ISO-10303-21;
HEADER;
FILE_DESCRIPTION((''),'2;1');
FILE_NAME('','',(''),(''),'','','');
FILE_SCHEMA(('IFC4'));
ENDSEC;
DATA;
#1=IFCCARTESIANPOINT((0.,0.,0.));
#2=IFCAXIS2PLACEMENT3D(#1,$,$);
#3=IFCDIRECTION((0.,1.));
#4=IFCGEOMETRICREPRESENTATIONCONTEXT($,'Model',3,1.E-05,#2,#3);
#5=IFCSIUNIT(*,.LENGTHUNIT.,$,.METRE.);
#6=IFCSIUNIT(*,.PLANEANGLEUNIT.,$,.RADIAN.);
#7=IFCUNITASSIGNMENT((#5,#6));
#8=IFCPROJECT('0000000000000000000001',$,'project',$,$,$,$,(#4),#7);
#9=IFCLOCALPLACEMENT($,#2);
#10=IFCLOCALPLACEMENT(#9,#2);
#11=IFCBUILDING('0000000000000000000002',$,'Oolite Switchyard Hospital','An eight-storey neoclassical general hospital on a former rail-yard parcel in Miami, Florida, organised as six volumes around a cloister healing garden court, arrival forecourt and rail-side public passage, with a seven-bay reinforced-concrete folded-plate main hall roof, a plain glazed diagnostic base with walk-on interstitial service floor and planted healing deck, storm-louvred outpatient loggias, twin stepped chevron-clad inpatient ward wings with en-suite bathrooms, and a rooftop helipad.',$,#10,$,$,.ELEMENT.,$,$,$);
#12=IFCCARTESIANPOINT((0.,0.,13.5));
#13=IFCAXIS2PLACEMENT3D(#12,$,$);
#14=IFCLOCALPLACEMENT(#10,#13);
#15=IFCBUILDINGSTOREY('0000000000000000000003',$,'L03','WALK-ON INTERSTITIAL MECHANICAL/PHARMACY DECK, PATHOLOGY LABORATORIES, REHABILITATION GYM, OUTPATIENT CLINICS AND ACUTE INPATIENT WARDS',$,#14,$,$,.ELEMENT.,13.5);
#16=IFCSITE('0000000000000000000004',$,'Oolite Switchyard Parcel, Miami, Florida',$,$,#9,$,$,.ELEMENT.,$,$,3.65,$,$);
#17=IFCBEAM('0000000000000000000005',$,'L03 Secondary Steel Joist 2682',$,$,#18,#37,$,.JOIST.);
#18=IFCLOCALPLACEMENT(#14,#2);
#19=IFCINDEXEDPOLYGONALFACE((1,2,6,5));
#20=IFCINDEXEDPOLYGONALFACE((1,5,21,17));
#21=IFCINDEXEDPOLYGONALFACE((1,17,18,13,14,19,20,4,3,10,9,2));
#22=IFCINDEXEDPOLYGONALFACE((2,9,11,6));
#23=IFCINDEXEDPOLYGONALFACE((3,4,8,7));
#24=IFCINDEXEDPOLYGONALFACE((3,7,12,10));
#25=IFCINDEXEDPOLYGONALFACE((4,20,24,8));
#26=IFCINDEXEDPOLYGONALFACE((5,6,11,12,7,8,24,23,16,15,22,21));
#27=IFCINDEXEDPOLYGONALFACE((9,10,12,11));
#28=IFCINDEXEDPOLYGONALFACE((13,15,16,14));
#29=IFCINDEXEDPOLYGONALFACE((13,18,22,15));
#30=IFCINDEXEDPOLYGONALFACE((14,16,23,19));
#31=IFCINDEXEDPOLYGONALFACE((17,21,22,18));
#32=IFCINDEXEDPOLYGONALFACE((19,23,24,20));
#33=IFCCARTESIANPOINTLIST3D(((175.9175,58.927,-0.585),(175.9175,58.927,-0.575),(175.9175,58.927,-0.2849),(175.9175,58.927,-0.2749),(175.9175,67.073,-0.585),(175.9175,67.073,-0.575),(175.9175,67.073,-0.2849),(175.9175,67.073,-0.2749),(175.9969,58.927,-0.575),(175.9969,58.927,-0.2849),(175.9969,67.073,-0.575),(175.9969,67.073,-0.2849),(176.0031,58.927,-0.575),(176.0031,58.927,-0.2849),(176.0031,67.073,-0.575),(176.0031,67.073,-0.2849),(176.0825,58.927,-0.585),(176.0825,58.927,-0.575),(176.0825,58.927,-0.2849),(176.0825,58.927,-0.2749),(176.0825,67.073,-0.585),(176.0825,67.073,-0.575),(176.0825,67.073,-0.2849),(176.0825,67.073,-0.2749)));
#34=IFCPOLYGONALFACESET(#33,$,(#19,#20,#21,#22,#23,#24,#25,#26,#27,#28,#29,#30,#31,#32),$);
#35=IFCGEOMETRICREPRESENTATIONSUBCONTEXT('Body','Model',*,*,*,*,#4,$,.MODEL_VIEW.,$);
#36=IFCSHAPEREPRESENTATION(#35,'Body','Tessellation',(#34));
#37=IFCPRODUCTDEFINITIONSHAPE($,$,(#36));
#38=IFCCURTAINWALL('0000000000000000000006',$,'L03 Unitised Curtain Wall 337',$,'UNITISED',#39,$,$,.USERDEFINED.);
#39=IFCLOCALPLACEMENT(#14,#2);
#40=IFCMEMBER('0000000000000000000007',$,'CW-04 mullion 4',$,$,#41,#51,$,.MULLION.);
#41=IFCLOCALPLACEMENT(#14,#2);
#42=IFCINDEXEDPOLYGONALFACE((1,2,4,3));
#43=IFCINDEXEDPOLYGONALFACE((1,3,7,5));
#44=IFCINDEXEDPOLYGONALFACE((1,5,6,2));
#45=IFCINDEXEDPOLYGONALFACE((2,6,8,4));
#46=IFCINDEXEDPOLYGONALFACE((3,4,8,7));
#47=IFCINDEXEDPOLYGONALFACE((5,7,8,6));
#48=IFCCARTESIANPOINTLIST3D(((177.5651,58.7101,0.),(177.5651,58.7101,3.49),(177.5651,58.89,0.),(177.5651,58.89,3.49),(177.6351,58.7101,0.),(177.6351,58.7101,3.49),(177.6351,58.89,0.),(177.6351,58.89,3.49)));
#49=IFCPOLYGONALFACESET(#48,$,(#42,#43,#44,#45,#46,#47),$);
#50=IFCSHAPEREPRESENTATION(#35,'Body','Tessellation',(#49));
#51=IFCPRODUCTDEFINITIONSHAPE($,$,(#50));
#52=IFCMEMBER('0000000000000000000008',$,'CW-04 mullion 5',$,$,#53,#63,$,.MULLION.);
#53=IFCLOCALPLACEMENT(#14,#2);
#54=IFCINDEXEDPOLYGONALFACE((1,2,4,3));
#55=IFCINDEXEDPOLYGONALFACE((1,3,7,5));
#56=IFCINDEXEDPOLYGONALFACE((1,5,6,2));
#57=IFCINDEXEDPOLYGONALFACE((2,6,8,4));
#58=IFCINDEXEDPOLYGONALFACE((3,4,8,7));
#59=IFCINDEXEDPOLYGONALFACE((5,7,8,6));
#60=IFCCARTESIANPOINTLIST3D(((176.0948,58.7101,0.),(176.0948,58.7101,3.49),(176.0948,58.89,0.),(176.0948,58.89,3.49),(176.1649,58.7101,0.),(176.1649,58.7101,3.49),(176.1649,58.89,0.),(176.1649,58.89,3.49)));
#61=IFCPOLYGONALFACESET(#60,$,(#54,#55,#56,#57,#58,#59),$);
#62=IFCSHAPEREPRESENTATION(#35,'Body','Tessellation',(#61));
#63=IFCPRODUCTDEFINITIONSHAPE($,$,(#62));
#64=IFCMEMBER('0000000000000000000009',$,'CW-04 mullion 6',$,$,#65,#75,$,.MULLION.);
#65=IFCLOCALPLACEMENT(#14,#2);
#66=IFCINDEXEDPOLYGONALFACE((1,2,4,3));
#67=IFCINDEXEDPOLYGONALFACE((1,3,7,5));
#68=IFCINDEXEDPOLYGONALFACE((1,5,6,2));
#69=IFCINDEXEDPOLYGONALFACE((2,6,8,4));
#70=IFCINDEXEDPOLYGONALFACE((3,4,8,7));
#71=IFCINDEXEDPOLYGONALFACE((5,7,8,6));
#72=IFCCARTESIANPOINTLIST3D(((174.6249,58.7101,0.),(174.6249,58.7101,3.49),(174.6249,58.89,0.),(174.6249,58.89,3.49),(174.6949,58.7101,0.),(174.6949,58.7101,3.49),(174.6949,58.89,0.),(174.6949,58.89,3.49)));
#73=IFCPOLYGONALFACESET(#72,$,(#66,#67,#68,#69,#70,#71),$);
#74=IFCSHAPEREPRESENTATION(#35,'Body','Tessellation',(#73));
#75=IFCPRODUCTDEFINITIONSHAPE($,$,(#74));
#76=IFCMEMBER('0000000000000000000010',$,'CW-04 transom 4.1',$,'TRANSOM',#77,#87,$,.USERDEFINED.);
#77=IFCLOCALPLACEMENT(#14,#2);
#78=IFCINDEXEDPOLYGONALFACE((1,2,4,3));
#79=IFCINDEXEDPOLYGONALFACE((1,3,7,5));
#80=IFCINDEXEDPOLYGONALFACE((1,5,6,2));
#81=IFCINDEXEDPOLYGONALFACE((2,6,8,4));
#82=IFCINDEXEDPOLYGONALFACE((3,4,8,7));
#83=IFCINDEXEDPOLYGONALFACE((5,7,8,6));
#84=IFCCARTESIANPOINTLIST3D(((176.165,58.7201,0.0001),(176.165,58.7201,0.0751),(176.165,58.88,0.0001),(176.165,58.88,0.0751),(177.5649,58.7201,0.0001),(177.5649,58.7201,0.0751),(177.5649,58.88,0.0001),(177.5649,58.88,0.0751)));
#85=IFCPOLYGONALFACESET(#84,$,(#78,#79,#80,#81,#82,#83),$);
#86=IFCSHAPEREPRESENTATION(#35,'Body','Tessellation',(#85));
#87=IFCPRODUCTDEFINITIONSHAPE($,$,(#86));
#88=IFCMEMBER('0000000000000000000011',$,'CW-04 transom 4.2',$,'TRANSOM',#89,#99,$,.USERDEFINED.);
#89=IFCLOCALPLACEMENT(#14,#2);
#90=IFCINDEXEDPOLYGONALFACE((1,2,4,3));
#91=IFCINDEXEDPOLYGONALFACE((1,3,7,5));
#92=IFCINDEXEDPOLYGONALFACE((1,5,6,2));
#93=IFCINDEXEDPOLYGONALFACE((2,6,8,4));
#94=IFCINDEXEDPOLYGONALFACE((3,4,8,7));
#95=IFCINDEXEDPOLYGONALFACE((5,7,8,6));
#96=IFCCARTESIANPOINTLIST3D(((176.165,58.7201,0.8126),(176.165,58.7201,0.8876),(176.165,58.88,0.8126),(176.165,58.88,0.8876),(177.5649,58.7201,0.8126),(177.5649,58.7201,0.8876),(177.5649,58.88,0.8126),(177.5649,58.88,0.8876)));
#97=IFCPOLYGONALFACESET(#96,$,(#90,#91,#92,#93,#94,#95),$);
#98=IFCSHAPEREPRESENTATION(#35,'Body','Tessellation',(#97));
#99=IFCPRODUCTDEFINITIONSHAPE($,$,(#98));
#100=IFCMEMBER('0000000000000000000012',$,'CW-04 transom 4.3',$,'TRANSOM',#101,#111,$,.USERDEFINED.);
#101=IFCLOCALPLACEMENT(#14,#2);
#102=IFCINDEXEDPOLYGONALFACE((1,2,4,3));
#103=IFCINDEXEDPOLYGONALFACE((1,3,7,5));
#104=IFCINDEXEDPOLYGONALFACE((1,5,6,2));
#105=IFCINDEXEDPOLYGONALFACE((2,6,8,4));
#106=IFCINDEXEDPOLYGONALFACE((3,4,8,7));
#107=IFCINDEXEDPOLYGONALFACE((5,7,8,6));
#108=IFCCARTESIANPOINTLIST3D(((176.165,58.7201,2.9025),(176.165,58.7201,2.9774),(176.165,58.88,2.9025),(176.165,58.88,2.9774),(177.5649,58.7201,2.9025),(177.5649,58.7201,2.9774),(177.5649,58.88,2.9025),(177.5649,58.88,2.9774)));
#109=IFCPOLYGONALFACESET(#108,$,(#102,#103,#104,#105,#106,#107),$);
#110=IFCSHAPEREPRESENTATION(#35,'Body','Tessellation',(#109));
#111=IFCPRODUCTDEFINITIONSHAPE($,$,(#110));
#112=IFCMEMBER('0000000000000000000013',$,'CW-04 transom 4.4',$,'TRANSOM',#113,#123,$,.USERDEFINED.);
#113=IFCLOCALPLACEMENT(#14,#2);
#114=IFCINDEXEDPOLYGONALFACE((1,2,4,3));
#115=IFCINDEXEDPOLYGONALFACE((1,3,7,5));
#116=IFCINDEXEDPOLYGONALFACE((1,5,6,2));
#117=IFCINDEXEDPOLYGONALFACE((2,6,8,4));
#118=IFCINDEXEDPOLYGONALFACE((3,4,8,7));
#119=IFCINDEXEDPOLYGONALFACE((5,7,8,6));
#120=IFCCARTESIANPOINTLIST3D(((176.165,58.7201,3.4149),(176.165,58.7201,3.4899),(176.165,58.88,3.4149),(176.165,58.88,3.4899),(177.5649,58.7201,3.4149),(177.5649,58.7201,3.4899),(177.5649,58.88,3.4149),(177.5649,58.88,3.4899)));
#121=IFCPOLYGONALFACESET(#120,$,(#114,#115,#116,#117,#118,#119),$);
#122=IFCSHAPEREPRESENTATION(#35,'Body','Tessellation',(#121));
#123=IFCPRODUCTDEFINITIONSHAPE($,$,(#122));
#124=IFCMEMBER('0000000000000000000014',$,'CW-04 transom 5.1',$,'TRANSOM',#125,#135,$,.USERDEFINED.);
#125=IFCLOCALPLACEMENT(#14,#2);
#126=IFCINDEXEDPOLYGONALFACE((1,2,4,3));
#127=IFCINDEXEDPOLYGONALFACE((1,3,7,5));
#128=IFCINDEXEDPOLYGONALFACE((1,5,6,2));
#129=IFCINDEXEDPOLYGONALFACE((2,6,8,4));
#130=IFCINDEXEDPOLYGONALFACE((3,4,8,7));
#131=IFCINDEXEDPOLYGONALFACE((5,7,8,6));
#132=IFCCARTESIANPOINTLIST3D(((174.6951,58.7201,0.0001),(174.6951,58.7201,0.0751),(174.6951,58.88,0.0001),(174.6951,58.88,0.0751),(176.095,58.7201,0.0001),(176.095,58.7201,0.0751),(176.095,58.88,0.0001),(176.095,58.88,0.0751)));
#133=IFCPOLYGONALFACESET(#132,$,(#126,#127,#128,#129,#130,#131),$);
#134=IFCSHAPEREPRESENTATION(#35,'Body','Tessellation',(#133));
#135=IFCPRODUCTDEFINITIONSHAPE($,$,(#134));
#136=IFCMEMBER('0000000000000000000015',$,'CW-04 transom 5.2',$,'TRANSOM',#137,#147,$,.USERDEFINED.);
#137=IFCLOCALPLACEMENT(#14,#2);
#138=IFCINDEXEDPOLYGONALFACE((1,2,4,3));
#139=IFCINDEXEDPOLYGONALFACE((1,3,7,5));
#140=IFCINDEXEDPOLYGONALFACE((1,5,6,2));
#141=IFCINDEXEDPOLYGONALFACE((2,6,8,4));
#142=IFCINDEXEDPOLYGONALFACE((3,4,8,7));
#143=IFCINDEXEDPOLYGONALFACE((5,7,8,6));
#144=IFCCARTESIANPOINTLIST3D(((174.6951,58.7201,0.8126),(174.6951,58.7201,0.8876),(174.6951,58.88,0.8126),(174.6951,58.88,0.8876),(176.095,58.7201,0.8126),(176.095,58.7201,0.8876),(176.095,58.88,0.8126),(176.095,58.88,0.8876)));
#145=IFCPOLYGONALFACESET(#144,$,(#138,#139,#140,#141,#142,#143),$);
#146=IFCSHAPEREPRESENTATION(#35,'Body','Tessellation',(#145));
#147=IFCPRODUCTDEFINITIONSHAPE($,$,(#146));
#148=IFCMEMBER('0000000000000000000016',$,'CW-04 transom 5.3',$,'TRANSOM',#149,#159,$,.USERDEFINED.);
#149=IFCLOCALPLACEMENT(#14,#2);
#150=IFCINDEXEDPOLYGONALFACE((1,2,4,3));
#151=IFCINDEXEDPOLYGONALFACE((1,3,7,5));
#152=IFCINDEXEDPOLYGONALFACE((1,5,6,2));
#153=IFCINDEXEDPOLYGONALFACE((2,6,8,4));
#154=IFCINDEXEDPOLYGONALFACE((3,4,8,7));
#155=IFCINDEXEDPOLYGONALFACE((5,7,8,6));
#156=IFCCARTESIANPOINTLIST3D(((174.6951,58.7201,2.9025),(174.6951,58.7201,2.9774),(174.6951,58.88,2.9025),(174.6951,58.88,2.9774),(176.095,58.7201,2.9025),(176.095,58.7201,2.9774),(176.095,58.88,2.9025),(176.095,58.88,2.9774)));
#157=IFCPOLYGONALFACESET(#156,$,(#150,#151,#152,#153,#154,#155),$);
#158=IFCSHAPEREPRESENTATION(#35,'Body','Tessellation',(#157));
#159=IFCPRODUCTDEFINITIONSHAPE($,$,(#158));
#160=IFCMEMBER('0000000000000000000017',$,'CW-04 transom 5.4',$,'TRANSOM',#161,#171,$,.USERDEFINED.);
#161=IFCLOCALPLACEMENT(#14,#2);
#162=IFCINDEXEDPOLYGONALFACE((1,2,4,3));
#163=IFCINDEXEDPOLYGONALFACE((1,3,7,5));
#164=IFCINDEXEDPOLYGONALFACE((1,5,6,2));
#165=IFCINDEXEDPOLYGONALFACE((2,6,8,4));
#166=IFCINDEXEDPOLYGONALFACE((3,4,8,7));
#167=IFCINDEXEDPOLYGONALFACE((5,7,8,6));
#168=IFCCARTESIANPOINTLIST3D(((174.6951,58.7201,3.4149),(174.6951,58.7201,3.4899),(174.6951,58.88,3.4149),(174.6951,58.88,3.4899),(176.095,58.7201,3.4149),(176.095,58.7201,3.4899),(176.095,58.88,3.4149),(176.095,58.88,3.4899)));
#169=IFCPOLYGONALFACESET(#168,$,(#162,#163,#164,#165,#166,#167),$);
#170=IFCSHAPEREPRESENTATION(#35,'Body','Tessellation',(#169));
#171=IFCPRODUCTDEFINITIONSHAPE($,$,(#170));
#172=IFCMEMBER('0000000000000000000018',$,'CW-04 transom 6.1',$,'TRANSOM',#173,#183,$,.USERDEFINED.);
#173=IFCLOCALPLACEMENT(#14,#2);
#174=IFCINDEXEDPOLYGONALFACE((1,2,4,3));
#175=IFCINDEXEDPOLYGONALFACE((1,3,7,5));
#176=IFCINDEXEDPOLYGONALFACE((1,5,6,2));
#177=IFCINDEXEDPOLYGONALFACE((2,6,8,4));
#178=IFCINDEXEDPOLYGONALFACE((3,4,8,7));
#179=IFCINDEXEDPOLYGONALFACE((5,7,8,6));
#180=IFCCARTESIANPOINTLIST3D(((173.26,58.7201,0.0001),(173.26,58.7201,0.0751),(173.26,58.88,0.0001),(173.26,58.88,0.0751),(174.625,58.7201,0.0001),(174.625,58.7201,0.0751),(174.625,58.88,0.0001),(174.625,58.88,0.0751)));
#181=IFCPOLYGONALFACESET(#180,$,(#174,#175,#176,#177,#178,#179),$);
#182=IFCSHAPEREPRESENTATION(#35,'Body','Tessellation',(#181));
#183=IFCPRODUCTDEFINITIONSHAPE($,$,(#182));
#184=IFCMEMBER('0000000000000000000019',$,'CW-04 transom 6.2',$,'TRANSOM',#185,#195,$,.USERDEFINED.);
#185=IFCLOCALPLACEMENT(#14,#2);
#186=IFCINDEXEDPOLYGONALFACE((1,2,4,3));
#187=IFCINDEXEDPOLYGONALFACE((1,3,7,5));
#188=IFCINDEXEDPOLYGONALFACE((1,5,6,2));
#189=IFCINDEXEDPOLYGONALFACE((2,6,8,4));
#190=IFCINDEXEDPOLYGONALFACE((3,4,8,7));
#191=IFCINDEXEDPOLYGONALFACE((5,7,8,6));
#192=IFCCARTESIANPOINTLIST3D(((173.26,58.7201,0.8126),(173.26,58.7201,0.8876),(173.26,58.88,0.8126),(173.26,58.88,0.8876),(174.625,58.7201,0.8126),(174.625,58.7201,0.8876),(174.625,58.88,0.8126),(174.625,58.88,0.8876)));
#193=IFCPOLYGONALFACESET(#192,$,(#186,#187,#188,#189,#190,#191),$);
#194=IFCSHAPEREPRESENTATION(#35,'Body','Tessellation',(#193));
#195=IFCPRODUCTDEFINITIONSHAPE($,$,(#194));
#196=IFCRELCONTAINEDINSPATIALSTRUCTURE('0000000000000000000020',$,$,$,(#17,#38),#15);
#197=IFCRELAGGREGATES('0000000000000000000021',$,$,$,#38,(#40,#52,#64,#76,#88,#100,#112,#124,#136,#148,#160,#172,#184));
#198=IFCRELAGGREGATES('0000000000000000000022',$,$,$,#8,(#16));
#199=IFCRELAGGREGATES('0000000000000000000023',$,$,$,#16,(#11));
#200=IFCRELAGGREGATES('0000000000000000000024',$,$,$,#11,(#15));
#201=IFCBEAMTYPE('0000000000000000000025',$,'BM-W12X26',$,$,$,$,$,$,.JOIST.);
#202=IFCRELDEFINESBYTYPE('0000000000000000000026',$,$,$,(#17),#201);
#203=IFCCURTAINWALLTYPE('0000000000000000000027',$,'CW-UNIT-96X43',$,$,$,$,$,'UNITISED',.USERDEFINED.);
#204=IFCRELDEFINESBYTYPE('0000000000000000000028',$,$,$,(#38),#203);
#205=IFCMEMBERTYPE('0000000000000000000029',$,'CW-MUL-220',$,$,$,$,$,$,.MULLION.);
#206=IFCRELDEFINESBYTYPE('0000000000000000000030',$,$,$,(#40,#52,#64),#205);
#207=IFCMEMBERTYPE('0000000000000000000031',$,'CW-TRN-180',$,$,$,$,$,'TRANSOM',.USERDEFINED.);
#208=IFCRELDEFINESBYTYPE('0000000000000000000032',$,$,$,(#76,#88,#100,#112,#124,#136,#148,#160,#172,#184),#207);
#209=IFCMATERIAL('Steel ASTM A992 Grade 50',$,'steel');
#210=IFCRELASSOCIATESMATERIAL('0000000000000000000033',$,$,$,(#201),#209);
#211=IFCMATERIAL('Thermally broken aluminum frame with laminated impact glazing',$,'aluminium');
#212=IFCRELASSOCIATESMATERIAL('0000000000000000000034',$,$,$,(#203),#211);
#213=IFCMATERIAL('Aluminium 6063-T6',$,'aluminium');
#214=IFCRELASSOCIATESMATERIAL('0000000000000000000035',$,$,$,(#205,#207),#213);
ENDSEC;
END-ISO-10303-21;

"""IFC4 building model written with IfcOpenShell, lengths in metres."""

from ifc_helpers import new_model, si_unit, direction, frame, origin, origin_2d, place, context, subcontext, project, spatial, rectangle, i_section, extrude, material, material_profile, profile_set, type_object, element, aggregate, save


model = new_model("IFC4")

# Units and contexts
model_context = context("Model", 3, precision=1e-05, world=origin(), true_north=direction((0.0, 1.0)))
body_context = subcontext(model_context, "Body", "Model", "MODEL_VIEW")
ifc_project = project(units=[si_unit("LENGTHUNIT", "METRE"), si_unit("PLANEANGLEUNIT", "RADIAN")], contexts=[model_context])

# Site, building, storey
site_placement = place(None, origin())
site = spatial("IfcSite", under=ifc_project, at=site_placement, Name="Oolite Switchyard Parcel, Miami, Florida", CompositionType="ELEMENT", RefElevation=3.65)
building_placement = place(site_placement, origin())
building = spatial("IfcBuilding", under=site, at=building_placement, Name="Oolite Switchyard Hospital", Description="An eight-storey neoclassical general hospital on a former rail-yard parcel in Miami, Florida, organised as six volumes around a cloister healing garden court, arrival forecourt and rail-side public passage, with a seven-bay reinforced-concrete folded-plate main hall roof, a plain glazed diagnostic base with walk-on interstitial service floor and planted healing deck, storm-louvred outpatient loggias, twin stepped chevron-clad inpatient ward wings with en-suite bathrooms, and a rooftop helipad.", CompositionType="ELEMENT")
storey_placement = place(building_placement, frame((0.0, 0.0, 13.5)))
storey = spatial("IfcBuildingStorey", under=building, at=storey_placement, Name="L03", Description="WALK-ON INTERSTITIAL MECHANICAL/PHARMACY DECK, PATHOLOGY LABORATORIES, REHABILITATION GYM, OUTPATIENT CLINICS AND ACUTE INPATIENT WARDS", CompositionType="ELEMENT", Elevation=13.5)

# Beam
ifc_material_1 = material(Name="Steel ASTM A992 Grade 50", Category="steel")
ifc_material_profile_1 = material_profile(ifc_material_1, i_section(OverallWidth=0.165, OverallDepth=0.3101, WebThickness=0.0061, FlangeThickness=0.01, at=origin_2d()), Name="W12X26")
ifc_profile_set_1 = profile_set([ifc_material_profile_1], Name="Steel ASTM A992 Grade 50")
beam_type = type_object("IfcBeamType", Name="BM-W12X26", PredefinedType="JOIST", material=ifc_profile_set_1)
beam_placement = place(storey_placement, frame((176.0, 58.927, -0.4299), z_axis=(0.0, 1.0, 0.0), x_axis=(-1.0, 0.0, 0.0)))
element("IfcBeam", 1, at=beam_placement, inside=storey, type_object=beam_type, Name="L03 Secondary Steel Joist 2682", PredefinedType="JOIST", context=body_context, shape_type="SweptSolid", body=[
    extrude(i_section(OverallWidth=0.165, OverallDepth=0.3101, WebThickness=0.0061, FlangeThickness=0.01, at=origin_2d()), origin(), (0.0, 0.0, 1.0), 8.146),
])

# Curtain wall, members
ifc_material_2 = material(Name="Thermally broken aluminum frame with laminated impact glazing", Category="aluminium")
curtain_wall_type = type_object("IfcCurtainWallType", Name="CW-UNIT-96X43", ElementType="UNITISED", PredefinedType="USERDEFINED", material=ifc_material_2)
curtain_wall_placement = place(storey_placement, origin())
curtain_wall = element("IfcCurtainWall", 2, at=curtain_wall_placement, inside=storey, type_object=curtain_wall_type, Name="L03 Unitised Curtain Wall 337", ObjectType="UNITISED", PredefinedType="USERDEFINED")
ifc_material_3 = material(Name="Aluminium 6063-T6", Category="aluminium")
ifc_material_profile_2 = material_profile(ifc_material_3, rectangle(XDim=0.1799, YDim=0.0701, at=origin_2d()), Name="CWM70X180")
ifc_profile_set_2 = profile_set([ifc_material_profile_2], Name="Aluminium 6063-T6")
member_type_1 = type_object("IfcMemberType", Name="CW-MUL-220", PredefinedType="MULLION", material=ifc_profile_set_2)
member_1_placement = place(storey_placement, frame((177.6001, 58.8, 0.0), z_axis=(0.0, 0.0, 1.0), x_axis=(0.0, -1.0, 0.0)))
member_1 = element("IfcMember", 3, at=member_1_placement, type_object=member_type_1, Name="CW-04 mullion 4", PredefinedType="MULLION", context=body_context, shape_type="SweptSolid", body=[
    extrude(rectangle(XDim=0.1799, YDim=0.0701, at=origin_2d()), origin(), (0.0, 0.0, 1.0), 3.49),
])
member_2_placement = place(storey_placement, frame((176.1299, 58.8, 0.0), z_axis=(0.0, 0.0, 1.0), x_axis=(0.0, -1.0, 0.0)))
member_2 = element("IfcMember", 4, at=member_2_placement, type_object=member_type_1, Name="CW-04 mullion 5", PredefinedType="MULLION", context=body_context, shape_type="SweptSolid", body=[
    extrude(rectangle(XDim=0.1799, YDim=0.0701, at=origin_2d()), origin(), (0.0, 0.0, 1.0), 3.49),
])
member_3_placement = place(storey_placement, frame((174.6599, 58.8, 0.0), z_axis=(0.0, 0.0, 1.0), x_axis=(0.0, -1.0, 0.0)))
member_3 = element("IfcMember", 5, at=member_3_placement, type_object=member_type_1, Name="CW-04 mullion 6", PredefinedType="MULLION", context=body_context, shape_type="SweptSolid", body=[
    extrude(rectangle(XDim=0.1799, YDim=0.0701, at=origin_2d()), origin(), (0.0, 0.0, 1.0), 3.49),
])
ifc_material_profile_3 = material_profile(ifc_material_3, rectangle(XDim=0.1599, YDim=0.075, at=origin_2d()), Name="CWT75X160")
ifc_profile_set_3 = profile_set([ifc_material_profile_3], Name="Aluminium 6063-T6")
member_type_2 = type_object("IfcMemberType", Name="CW-TRN-180", ElementType="TRANSOM", PredefinedType="USERDEFINED", material=ifc_profile_set_3)
member_4_placement = place(storey_placement, frame((177.5649, 58.8, 0.0376), z_axis=(-1.0, 0.0, 0.0), x_axis=(0.0, -1.0, 0.0)))
member_4 = element("IfcMember", 6, at=member_4_placement, type_object=member_type_2, Name="CW-04 transom 4.1", ObjectType="TRANSOM", PredefinedType="USERDEFINED", context=body_context, shape_type="SweptSolid", body=[
    extrude(rectangle(XDim=0.1599, YDim=0.075, at=origin_2d()), origin(), (0.0, 0.0, 1.0), 1.3999),
])
member_5_placement = place(storey_placement, frame((177.5649, 58.8, 0.8501), z_axis=(-1.0, 0.0, 0.0), x_axis=(0.0, -1.0, 0.0)))
member_5 = element("IfcMember", 7, at=member_5_placement, type_object=member_type_2, Name="CW-04 transom 4.2", ObjectType="TRANSOM", PredefinedType="USERDEFINED", context=body_context, shape_type="SweptSolid", body=[
    extrude(rectangle(XDim=0.1599, YDim=0.075, at=origin_2d()), origin(), (0.0, 0.0, 1.0), 1.3999),
])
member_6_placement = place(storey_placement, frame((177.5649, 58.8, 2.9399), z_axis=(-1.0, 0.0, 0.0), x_axis=(0.0, -1.0, 0.0)))
member_6 = element("IfcMember", 8, at=member_6_placement, type_object=member_type_2, Name="CW-04 transom 4.3", ObjectType="TRANSOM", PredefinedType="USERDEFINED", context=body_context, shape_type="SweptSolid", body=[
    extrude(rectangle(XDim=0.1599, YDim=0.075, at=origin_2d()), origin(), (0.0, 0.0, 1.0), 1.3999),
])
member_7_placement = place(storey_placement, frame((177.5649, 58.8, 3.4524), z_axis=(-1.0, 0.0, 0.0), x_axis=(0.0, -1.0, 0.0)))
member_7 = element("IfcMember", 9, at=member_7_placement, type_object=member_type_2, Name="CW-04 transom 4.4", ObjectType="TRANSOM", PredefinedType="USERDEFINED", context=body_context, shape_type="SweptSolid", body=[
    extrude(rectangle(XDim=0.1599, YDim=0.075, at=origin_2d()), origin(), (0.0, 0.0, 1.0), 1.3999),
])
member_8_placement = place(storey_placement, frame((176.095, 58.8, 0.0376), z_axis=(-1.0, 0.0, 0.0), x_axis=(0.0, -1.0, 0.0)))
member_8 = element("IfcMember", 10, at=member_8_placement, type_object=member_type_2, Name="CW-04 transom 5.1", ObjectType="TRANSOM", PredefinedType="USERDEFINED", context=body_context, shape_type="SweptSolid", body=[
    extrude(rectangle(XDim=0.1599, YDim=0.075, at=origin_2d()), origin(), (0.0, 0.0, 1.0), 1.3999),
])
member_9_placement = place(storey_placement, frame((176.095, 58.8, 0.8501), z_axis=(-1.0, 0.0, 0.0), x_axis=(0.0, -1.0, 0.0)))
member_9 = element("IfcMember", 11, at=member_9_placement, type_object=member_type_2, Name="CW-04 transom 5.2", ObjectType="TRANSOM", PredefinedType="USERDEFINED", context=body_context, shape_type="SweptSolid", body=[
    extrude(rectangle(XDim=0.1599, YDim=0.075, at=origin_2d()), origin(), (0.0, 0.0, 1.0), 1.3999),
])
member_10_placement = place(storey_placement, frame((176.095, 58.8, 2.9399), z_axis=(-1.0, 0.0, 0.0), x_axis=(0.0, -1.0, 0.0)))
member_10 = element("IfcMember", 12, at=member_10_placement, type_object=member_type_2, Name="CW-04 transom 5.3", ObjectType="TRANSOM", PredefinedType="USERDEFINED", context=body_context, shape_type="SweptSolid", body=[
    extrude(rectangle(XDim=0.1599, YDim=0.075, at=origin_2d()), origin(), (0.0, 0.0, 1.0), 1.3999),
])
member_11_placement = place(storey_placement, frame((176.095, 58.8, 3.4524), z_axis=(-1.0, 0.0, 0.0), x_axis=(0.0, -1.0, 0.0)))
member_11 = element("IfcMember", 13, at=member_11_placement, type_object=member_type_2, Name="CW-04 transom 5.4", ObjectType="TRANSOM", PredefinedType="USERDEFINED", context=body_context, shape_type="SweptSolid", body=[
    extrude(rectangle(XDim=0.1599, YDim=0.075, at=origin_2d()), origin(), (0.0, 0.0, 1.0), 1.3999),
])
member_12_placement = place(storey_placement, frame((174.625, 58.8, 0.0376), z_axis=(-1.0, 0.0, 0.0), x_axis=(0.0, -1.0, 0.0)))
member_12 = element("IfcMember", 14, at=member_12_placement, type_object=member_type_2, Name="CW-04 transom 6.1", ObjectType="TRANSOM", PredefinedType="USERDEFINED", context=body_context, shape_type="SweptSolid", body=[
    extrude(rectangle(XDim=0.1599, YDim=0.075, at=origin_2d()), origin(), (0.0, 0.0, 1.0), 1.365),
])
member_13_placement = place(storey_placement, frame((174.625, 58.8, 0.8501), z_axis=(-1.0, 0.0, 0.0), x_axis=(0.0, -1.0, 0.0)))
member_13 = element("IfcMember", 15, at=member_13_placement, type_object=member_type_2, Name="CW-04 transom 6.2", ObjectType="TRANSOM", PredefinedType="USERDEFINED", context=body_context, shape_type="SweptSolid", body=[
    extrude(rectangle(XDim=0.1599, YDim=0.075, at=origin_2d()), origin(), (0.0, 0.0, 1.0), 1.365),
])
aggregate(curtain_wall, [member_1, member_2, member_3, member_4, member_5, member_6, member_7, member_8, member_9, member_10, member_11, member_12, member_13])

save(model, "model.ifc")
